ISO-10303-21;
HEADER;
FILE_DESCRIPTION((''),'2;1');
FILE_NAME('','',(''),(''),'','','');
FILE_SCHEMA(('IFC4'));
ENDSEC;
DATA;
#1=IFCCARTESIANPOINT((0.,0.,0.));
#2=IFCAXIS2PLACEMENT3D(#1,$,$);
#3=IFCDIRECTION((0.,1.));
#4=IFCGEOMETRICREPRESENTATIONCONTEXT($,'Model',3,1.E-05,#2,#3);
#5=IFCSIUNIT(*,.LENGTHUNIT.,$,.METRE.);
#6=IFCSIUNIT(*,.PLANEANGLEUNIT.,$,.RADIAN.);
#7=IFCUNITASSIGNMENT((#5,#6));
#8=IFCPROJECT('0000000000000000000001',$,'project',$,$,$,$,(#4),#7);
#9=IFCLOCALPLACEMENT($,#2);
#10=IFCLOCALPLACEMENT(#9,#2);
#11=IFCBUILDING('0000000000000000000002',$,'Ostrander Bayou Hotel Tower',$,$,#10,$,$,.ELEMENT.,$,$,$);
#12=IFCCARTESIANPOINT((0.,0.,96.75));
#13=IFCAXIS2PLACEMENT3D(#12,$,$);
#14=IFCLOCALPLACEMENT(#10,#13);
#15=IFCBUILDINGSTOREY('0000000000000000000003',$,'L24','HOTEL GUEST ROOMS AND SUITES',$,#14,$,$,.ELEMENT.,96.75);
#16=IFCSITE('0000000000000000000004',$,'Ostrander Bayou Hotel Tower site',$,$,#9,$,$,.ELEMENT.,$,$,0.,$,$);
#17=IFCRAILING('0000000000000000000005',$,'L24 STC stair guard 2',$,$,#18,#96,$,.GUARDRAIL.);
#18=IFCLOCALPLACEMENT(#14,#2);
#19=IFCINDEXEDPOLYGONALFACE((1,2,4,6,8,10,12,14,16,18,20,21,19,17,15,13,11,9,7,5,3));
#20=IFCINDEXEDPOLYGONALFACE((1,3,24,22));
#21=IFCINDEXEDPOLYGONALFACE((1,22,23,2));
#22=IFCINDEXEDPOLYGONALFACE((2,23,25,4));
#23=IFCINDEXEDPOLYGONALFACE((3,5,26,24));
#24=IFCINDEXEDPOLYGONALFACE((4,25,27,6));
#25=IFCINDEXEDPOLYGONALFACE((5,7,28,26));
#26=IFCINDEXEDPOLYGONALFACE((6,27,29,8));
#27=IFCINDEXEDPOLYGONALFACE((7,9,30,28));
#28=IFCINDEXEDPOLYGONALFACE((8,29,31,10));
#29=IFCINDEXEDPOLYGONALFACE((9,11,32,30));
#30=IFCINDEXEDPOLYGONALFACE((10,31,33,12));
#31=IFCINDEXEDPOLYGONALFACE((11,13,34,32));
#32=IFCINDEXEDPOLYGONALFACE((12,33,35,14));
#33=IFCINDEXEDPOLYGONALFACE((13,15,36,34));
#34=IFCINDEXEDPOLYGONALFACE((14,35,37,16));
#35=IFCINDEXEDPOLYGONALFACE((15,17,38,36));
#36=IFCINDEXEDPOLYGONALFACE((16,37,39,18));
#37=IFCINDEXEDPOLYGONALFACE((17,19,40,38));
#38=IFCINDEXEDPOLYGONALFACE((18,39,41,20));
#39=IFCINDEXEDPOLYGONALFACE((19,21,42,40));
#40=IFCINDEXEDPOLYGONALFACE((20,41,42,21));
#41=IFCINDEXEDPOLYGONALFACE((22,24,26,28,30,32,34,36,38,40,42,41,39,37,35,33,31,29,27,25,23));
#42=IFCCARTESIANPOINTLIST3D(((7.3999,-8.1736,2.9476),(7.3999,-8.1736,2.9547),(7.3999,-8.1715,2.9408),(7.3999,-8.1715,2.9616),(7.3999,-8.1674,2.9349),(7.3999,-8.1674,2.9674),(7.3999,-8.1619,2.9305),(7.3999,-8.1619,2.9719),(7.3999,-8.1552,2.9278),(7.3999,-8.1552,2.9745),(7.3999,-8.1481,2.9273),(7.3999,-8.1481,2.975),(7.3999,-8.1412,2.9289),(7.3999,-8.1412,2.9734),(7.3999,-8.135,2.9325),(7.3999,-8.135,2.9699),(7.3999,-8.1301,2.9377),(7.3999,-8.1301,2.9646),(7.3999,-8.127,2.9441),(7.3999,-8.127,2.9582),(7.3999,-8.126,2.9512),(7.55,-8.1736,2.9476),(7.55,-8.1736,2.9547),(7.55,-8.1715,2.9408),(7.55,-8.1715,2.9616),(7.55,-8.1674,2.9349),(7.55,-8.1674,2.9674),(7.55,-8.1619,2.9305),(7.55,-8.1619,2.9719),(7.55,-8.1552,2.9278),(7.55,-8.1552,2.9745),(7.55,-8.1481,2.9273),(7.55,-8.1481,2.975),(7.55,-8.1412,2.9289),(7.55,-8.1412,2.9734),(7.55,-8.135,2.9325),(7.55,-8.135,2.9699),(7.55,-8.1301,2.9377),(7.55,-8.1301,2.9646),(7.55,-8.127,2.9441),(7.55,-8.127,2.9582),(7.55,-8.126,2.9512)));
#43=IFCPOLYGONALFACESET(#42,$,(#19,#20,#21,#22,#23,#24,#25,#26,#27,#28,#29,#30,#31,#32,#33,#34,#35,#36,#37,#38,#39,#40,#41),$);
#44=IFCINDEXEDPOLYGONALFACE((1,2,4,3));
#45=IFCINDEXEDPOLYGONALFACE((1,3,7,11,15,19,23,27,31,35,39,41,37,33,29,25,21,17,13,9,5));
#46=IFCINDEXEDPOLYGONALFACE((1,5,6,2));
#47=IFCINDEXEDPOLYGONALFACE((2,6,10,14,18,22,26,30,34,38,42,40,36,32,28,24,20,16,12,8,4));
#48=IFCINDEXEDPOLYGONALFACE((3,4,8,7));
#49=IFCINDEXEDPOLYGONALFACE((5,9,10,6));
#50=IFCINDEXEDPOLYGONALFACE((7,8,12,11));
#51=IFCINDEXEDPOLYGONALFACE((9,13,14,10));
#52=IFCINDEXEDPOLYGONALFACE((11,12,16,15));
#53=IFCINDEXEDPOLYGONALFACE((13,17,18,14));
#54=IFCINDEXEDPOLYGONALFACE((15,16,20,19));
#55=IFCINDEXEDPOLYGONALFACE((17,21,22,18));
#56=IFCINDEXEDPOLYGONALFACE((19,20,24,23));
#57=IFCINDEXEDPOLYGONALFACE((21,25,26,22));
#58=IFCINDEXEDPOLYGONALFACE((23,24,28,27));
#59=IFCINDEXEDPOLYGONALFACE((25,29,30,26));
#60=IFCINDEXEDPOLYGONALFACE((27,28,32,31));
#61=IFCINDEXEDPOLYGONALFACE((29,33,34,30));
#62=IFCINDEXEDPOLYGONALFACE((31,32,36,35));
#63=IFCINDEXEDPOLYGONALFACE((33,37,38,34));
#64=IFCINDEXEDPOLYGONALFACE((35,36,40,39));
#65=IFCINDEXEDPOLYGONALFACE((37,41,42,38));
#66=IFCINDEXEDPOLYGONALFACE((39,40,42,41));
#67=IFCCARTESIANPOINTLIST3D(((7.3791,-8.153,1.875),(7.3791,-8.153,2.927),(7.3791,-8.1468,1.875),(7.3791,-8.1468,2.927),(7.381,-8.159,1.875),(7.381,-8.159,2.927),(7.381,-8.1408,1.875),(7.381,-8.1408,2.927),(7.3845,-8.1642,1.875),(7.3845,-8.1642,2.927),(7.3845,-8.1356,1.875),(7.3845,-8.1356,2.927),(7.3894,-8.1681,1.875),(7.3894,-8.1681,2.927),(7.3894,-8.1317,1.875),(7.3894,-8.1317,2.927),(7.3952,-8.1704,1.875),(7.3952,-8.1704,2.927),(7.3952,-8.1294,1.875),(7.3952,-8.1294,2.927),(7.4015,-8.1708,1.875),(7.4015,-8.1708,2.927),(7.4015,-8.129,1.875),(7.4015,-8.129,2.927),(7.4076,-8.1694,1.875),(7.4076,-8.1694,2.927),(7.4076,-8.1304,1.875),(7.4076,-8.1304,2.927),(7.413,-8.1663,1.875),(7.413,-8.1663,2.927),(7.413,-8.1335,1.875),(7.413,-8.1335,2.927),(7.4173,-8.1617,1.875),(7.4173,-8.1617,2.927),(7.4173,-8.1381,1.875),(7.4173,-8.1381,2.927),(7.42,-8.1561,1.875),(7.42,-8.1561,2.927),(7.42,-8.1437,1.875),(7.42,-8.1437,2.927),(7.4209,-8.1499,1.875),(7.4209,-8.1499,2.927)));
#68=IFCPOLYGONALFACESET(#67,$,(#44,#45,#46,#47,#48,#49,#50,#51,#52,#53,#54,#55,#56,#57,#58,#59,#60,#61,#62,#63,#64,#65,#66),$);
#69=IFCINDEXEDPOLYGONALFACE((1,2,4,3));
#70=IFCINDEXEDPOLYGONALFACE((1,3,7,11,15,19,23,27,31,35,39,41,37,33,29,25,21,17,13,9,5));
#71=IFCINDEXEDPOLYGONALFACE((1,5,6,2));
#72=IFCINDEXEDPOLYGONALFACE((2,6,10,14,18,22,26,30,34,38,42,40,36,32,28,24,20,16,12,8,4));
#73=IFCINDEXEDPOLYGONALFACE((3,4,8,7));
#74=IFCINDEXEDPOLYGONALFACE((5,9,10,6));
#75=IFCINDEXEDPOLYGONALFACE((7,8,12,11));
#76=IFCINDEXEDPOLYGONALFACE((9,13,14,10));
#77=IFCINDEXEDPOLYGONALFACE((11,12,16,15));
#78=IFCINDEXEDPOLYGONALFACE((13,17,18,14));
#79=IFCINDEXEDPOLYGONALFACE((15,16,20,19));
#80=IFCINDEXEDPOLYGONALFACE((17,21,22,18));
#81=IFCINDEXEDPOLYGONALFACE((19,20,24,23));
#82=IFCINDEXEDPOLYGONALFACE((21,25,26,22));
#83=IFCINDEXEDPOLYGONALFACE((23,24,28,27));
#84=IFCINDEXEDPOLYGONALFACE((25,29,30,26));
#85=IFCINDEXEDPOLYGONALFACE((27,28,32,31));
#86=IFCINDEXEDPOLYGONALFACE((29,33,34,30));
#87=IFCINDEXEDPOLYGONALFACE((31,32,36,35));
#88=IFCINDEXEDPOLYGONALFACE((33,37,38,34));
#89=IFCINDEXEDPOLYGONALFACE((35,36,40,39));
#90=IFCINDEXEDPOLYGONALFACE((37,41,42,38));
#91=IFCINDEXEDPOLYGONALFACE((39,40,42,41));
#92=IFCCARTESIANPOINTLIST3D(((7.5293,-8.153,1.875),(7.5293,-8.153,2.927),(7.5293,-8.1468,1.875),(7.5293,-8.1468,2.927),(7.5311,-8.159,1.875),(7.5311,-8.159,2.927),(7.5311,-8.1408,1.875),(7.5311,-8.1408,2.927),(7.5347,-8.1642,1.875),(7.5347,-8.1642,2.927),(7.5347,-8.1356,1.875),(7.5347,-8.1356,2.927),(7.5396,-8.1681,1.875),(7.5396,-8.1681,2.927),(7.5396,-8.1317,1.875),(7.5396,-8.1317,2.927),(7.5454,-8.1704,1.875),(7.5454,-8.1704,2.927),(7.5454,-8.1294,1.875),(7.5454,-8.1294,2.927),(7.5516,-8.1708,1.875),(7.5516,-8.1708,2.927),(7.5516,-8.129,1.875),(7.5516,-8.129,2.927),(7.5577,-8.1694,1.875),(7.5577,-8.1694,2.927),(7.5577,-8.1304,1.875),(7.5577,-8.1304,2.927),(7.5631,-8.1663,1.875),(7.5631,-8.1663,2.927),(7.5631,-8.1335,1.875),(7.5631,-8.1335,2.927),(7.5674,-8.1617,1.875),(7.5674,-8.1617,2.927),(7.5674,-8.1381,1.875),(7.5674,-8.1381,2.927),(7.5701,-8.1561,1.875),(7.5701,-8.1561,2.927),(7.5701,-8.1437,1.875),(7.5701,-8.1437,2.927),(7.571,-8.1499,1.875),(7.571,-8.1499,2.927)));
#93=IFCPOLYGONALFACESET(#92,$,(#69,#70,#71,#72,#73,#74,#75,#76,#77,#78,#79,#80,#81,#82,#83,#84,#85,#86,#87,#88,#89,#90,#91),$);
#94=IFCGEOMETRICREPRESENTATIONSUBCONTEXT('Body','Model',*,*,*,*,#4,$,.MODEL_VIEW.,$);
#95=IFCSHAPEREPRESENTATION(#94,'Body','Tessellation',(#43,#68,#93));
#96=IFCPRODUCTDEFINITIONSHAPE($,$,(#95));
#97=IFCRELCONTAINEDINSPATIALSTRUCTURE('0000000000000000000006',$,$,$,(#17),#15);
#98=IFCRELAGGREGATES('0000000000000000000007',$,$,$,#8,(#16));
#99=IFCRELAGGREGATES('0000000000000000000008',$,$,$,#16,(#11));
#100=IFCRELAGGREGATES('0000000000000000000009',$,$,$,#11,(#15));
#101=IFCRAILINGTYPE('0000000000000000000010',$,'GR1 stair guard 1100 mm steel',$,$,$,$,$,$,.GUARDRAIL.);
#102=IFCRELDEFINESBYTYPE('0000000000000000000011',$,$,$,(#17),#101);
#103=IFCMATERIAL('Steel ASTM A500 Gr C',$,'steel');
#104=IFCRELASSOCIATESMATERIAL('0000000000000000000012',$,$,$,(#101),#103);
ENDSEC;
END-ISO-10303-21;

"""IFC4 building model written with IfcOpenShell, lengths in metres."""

from ifc_helpers import new_model, si_unit, direction, frame, origin, origin_2d, place, context, subcontext, project, spatial, circle, extrude, material, type_object, element, save


model = new_model("IFC4")

# Units and contexts
model_context = context("Model", 3, precision=1e-05, world=origin(), true_north=direction((0.0, 1.0)))
body_context = subcontext(model_context, "Body", "Model", "MODEL_VIEW")
ifc_project = project(units=[si_unit("LENGTHUNIT", "METRE"), si_unit("PLANEANGLEUNIT", "RADIAN")], contexts=[model_context])

# Site, building, storey
site_placement = place(None, origin())
site = spatial("IfcSite", under=ifc_project, at=site_placement, Name="Ostrander Bayou Hotel Tower site", CompositionType="ELEMENT", RefElevation=0.0)
building_placement = place(site_placement, origin())
building = spatial("IfcBuilding", under=site, at=building_placement, Name="Ostrander Bayou Hotel Tower", CompositionType="ELEMENT")
storey_placement = place(building_placement, frame((0.0, 0.0, 96.75)))
storey = spatial("IfcBuildingStorey", under=building, at=storey_placement, Name="L24", Description="HOTEL GUEST ROOMS AND SUITES", CompositionType="ELEMENT", Elevation=96.75)

# Railing
ifc_material_1 = material(Name="Steel ASTM A500 Gr C", Category="steel")
railing_type_1 = type_object("IfcRailingType", Name="GR1 stair guard 1100 mm steel", PredefinedType="GUARDRAIL", material=ifc_material_1)
railing_1_placement = place(storey_placement, frame((7.3999, -8.1499, 1.875)))
element("IfcRailing", 1, at=railing_1_placement, inside=storey, type_object=railing_type_1, Name="L24 STC stair guard 2", PredefinedType="GUARDRAIL", context=body_context, shape_type="SweptSolid", body=[
    extrude(circle(Radius=0.0239, at=origin_2d()), frame((0.0, 0.0, 1.0762), z_axis=(1.0, 0.0, 0.0), x_axis=(0.0, 1.0, 0.0)), (0.0, 0.0, 1.0), 0.1501),
    extrude(circle(Radius=0.021, at=origin_2d()), origin(), (0.0, 0.0, 1.0), 1.052),
    extrude(circle(Radius=0.021, at=origin_2d()), frame((0.1501, 0.0, 0.0)), (0.0, 0.0, 1.0), 1.052),
])

save(model, "model.ifc")
